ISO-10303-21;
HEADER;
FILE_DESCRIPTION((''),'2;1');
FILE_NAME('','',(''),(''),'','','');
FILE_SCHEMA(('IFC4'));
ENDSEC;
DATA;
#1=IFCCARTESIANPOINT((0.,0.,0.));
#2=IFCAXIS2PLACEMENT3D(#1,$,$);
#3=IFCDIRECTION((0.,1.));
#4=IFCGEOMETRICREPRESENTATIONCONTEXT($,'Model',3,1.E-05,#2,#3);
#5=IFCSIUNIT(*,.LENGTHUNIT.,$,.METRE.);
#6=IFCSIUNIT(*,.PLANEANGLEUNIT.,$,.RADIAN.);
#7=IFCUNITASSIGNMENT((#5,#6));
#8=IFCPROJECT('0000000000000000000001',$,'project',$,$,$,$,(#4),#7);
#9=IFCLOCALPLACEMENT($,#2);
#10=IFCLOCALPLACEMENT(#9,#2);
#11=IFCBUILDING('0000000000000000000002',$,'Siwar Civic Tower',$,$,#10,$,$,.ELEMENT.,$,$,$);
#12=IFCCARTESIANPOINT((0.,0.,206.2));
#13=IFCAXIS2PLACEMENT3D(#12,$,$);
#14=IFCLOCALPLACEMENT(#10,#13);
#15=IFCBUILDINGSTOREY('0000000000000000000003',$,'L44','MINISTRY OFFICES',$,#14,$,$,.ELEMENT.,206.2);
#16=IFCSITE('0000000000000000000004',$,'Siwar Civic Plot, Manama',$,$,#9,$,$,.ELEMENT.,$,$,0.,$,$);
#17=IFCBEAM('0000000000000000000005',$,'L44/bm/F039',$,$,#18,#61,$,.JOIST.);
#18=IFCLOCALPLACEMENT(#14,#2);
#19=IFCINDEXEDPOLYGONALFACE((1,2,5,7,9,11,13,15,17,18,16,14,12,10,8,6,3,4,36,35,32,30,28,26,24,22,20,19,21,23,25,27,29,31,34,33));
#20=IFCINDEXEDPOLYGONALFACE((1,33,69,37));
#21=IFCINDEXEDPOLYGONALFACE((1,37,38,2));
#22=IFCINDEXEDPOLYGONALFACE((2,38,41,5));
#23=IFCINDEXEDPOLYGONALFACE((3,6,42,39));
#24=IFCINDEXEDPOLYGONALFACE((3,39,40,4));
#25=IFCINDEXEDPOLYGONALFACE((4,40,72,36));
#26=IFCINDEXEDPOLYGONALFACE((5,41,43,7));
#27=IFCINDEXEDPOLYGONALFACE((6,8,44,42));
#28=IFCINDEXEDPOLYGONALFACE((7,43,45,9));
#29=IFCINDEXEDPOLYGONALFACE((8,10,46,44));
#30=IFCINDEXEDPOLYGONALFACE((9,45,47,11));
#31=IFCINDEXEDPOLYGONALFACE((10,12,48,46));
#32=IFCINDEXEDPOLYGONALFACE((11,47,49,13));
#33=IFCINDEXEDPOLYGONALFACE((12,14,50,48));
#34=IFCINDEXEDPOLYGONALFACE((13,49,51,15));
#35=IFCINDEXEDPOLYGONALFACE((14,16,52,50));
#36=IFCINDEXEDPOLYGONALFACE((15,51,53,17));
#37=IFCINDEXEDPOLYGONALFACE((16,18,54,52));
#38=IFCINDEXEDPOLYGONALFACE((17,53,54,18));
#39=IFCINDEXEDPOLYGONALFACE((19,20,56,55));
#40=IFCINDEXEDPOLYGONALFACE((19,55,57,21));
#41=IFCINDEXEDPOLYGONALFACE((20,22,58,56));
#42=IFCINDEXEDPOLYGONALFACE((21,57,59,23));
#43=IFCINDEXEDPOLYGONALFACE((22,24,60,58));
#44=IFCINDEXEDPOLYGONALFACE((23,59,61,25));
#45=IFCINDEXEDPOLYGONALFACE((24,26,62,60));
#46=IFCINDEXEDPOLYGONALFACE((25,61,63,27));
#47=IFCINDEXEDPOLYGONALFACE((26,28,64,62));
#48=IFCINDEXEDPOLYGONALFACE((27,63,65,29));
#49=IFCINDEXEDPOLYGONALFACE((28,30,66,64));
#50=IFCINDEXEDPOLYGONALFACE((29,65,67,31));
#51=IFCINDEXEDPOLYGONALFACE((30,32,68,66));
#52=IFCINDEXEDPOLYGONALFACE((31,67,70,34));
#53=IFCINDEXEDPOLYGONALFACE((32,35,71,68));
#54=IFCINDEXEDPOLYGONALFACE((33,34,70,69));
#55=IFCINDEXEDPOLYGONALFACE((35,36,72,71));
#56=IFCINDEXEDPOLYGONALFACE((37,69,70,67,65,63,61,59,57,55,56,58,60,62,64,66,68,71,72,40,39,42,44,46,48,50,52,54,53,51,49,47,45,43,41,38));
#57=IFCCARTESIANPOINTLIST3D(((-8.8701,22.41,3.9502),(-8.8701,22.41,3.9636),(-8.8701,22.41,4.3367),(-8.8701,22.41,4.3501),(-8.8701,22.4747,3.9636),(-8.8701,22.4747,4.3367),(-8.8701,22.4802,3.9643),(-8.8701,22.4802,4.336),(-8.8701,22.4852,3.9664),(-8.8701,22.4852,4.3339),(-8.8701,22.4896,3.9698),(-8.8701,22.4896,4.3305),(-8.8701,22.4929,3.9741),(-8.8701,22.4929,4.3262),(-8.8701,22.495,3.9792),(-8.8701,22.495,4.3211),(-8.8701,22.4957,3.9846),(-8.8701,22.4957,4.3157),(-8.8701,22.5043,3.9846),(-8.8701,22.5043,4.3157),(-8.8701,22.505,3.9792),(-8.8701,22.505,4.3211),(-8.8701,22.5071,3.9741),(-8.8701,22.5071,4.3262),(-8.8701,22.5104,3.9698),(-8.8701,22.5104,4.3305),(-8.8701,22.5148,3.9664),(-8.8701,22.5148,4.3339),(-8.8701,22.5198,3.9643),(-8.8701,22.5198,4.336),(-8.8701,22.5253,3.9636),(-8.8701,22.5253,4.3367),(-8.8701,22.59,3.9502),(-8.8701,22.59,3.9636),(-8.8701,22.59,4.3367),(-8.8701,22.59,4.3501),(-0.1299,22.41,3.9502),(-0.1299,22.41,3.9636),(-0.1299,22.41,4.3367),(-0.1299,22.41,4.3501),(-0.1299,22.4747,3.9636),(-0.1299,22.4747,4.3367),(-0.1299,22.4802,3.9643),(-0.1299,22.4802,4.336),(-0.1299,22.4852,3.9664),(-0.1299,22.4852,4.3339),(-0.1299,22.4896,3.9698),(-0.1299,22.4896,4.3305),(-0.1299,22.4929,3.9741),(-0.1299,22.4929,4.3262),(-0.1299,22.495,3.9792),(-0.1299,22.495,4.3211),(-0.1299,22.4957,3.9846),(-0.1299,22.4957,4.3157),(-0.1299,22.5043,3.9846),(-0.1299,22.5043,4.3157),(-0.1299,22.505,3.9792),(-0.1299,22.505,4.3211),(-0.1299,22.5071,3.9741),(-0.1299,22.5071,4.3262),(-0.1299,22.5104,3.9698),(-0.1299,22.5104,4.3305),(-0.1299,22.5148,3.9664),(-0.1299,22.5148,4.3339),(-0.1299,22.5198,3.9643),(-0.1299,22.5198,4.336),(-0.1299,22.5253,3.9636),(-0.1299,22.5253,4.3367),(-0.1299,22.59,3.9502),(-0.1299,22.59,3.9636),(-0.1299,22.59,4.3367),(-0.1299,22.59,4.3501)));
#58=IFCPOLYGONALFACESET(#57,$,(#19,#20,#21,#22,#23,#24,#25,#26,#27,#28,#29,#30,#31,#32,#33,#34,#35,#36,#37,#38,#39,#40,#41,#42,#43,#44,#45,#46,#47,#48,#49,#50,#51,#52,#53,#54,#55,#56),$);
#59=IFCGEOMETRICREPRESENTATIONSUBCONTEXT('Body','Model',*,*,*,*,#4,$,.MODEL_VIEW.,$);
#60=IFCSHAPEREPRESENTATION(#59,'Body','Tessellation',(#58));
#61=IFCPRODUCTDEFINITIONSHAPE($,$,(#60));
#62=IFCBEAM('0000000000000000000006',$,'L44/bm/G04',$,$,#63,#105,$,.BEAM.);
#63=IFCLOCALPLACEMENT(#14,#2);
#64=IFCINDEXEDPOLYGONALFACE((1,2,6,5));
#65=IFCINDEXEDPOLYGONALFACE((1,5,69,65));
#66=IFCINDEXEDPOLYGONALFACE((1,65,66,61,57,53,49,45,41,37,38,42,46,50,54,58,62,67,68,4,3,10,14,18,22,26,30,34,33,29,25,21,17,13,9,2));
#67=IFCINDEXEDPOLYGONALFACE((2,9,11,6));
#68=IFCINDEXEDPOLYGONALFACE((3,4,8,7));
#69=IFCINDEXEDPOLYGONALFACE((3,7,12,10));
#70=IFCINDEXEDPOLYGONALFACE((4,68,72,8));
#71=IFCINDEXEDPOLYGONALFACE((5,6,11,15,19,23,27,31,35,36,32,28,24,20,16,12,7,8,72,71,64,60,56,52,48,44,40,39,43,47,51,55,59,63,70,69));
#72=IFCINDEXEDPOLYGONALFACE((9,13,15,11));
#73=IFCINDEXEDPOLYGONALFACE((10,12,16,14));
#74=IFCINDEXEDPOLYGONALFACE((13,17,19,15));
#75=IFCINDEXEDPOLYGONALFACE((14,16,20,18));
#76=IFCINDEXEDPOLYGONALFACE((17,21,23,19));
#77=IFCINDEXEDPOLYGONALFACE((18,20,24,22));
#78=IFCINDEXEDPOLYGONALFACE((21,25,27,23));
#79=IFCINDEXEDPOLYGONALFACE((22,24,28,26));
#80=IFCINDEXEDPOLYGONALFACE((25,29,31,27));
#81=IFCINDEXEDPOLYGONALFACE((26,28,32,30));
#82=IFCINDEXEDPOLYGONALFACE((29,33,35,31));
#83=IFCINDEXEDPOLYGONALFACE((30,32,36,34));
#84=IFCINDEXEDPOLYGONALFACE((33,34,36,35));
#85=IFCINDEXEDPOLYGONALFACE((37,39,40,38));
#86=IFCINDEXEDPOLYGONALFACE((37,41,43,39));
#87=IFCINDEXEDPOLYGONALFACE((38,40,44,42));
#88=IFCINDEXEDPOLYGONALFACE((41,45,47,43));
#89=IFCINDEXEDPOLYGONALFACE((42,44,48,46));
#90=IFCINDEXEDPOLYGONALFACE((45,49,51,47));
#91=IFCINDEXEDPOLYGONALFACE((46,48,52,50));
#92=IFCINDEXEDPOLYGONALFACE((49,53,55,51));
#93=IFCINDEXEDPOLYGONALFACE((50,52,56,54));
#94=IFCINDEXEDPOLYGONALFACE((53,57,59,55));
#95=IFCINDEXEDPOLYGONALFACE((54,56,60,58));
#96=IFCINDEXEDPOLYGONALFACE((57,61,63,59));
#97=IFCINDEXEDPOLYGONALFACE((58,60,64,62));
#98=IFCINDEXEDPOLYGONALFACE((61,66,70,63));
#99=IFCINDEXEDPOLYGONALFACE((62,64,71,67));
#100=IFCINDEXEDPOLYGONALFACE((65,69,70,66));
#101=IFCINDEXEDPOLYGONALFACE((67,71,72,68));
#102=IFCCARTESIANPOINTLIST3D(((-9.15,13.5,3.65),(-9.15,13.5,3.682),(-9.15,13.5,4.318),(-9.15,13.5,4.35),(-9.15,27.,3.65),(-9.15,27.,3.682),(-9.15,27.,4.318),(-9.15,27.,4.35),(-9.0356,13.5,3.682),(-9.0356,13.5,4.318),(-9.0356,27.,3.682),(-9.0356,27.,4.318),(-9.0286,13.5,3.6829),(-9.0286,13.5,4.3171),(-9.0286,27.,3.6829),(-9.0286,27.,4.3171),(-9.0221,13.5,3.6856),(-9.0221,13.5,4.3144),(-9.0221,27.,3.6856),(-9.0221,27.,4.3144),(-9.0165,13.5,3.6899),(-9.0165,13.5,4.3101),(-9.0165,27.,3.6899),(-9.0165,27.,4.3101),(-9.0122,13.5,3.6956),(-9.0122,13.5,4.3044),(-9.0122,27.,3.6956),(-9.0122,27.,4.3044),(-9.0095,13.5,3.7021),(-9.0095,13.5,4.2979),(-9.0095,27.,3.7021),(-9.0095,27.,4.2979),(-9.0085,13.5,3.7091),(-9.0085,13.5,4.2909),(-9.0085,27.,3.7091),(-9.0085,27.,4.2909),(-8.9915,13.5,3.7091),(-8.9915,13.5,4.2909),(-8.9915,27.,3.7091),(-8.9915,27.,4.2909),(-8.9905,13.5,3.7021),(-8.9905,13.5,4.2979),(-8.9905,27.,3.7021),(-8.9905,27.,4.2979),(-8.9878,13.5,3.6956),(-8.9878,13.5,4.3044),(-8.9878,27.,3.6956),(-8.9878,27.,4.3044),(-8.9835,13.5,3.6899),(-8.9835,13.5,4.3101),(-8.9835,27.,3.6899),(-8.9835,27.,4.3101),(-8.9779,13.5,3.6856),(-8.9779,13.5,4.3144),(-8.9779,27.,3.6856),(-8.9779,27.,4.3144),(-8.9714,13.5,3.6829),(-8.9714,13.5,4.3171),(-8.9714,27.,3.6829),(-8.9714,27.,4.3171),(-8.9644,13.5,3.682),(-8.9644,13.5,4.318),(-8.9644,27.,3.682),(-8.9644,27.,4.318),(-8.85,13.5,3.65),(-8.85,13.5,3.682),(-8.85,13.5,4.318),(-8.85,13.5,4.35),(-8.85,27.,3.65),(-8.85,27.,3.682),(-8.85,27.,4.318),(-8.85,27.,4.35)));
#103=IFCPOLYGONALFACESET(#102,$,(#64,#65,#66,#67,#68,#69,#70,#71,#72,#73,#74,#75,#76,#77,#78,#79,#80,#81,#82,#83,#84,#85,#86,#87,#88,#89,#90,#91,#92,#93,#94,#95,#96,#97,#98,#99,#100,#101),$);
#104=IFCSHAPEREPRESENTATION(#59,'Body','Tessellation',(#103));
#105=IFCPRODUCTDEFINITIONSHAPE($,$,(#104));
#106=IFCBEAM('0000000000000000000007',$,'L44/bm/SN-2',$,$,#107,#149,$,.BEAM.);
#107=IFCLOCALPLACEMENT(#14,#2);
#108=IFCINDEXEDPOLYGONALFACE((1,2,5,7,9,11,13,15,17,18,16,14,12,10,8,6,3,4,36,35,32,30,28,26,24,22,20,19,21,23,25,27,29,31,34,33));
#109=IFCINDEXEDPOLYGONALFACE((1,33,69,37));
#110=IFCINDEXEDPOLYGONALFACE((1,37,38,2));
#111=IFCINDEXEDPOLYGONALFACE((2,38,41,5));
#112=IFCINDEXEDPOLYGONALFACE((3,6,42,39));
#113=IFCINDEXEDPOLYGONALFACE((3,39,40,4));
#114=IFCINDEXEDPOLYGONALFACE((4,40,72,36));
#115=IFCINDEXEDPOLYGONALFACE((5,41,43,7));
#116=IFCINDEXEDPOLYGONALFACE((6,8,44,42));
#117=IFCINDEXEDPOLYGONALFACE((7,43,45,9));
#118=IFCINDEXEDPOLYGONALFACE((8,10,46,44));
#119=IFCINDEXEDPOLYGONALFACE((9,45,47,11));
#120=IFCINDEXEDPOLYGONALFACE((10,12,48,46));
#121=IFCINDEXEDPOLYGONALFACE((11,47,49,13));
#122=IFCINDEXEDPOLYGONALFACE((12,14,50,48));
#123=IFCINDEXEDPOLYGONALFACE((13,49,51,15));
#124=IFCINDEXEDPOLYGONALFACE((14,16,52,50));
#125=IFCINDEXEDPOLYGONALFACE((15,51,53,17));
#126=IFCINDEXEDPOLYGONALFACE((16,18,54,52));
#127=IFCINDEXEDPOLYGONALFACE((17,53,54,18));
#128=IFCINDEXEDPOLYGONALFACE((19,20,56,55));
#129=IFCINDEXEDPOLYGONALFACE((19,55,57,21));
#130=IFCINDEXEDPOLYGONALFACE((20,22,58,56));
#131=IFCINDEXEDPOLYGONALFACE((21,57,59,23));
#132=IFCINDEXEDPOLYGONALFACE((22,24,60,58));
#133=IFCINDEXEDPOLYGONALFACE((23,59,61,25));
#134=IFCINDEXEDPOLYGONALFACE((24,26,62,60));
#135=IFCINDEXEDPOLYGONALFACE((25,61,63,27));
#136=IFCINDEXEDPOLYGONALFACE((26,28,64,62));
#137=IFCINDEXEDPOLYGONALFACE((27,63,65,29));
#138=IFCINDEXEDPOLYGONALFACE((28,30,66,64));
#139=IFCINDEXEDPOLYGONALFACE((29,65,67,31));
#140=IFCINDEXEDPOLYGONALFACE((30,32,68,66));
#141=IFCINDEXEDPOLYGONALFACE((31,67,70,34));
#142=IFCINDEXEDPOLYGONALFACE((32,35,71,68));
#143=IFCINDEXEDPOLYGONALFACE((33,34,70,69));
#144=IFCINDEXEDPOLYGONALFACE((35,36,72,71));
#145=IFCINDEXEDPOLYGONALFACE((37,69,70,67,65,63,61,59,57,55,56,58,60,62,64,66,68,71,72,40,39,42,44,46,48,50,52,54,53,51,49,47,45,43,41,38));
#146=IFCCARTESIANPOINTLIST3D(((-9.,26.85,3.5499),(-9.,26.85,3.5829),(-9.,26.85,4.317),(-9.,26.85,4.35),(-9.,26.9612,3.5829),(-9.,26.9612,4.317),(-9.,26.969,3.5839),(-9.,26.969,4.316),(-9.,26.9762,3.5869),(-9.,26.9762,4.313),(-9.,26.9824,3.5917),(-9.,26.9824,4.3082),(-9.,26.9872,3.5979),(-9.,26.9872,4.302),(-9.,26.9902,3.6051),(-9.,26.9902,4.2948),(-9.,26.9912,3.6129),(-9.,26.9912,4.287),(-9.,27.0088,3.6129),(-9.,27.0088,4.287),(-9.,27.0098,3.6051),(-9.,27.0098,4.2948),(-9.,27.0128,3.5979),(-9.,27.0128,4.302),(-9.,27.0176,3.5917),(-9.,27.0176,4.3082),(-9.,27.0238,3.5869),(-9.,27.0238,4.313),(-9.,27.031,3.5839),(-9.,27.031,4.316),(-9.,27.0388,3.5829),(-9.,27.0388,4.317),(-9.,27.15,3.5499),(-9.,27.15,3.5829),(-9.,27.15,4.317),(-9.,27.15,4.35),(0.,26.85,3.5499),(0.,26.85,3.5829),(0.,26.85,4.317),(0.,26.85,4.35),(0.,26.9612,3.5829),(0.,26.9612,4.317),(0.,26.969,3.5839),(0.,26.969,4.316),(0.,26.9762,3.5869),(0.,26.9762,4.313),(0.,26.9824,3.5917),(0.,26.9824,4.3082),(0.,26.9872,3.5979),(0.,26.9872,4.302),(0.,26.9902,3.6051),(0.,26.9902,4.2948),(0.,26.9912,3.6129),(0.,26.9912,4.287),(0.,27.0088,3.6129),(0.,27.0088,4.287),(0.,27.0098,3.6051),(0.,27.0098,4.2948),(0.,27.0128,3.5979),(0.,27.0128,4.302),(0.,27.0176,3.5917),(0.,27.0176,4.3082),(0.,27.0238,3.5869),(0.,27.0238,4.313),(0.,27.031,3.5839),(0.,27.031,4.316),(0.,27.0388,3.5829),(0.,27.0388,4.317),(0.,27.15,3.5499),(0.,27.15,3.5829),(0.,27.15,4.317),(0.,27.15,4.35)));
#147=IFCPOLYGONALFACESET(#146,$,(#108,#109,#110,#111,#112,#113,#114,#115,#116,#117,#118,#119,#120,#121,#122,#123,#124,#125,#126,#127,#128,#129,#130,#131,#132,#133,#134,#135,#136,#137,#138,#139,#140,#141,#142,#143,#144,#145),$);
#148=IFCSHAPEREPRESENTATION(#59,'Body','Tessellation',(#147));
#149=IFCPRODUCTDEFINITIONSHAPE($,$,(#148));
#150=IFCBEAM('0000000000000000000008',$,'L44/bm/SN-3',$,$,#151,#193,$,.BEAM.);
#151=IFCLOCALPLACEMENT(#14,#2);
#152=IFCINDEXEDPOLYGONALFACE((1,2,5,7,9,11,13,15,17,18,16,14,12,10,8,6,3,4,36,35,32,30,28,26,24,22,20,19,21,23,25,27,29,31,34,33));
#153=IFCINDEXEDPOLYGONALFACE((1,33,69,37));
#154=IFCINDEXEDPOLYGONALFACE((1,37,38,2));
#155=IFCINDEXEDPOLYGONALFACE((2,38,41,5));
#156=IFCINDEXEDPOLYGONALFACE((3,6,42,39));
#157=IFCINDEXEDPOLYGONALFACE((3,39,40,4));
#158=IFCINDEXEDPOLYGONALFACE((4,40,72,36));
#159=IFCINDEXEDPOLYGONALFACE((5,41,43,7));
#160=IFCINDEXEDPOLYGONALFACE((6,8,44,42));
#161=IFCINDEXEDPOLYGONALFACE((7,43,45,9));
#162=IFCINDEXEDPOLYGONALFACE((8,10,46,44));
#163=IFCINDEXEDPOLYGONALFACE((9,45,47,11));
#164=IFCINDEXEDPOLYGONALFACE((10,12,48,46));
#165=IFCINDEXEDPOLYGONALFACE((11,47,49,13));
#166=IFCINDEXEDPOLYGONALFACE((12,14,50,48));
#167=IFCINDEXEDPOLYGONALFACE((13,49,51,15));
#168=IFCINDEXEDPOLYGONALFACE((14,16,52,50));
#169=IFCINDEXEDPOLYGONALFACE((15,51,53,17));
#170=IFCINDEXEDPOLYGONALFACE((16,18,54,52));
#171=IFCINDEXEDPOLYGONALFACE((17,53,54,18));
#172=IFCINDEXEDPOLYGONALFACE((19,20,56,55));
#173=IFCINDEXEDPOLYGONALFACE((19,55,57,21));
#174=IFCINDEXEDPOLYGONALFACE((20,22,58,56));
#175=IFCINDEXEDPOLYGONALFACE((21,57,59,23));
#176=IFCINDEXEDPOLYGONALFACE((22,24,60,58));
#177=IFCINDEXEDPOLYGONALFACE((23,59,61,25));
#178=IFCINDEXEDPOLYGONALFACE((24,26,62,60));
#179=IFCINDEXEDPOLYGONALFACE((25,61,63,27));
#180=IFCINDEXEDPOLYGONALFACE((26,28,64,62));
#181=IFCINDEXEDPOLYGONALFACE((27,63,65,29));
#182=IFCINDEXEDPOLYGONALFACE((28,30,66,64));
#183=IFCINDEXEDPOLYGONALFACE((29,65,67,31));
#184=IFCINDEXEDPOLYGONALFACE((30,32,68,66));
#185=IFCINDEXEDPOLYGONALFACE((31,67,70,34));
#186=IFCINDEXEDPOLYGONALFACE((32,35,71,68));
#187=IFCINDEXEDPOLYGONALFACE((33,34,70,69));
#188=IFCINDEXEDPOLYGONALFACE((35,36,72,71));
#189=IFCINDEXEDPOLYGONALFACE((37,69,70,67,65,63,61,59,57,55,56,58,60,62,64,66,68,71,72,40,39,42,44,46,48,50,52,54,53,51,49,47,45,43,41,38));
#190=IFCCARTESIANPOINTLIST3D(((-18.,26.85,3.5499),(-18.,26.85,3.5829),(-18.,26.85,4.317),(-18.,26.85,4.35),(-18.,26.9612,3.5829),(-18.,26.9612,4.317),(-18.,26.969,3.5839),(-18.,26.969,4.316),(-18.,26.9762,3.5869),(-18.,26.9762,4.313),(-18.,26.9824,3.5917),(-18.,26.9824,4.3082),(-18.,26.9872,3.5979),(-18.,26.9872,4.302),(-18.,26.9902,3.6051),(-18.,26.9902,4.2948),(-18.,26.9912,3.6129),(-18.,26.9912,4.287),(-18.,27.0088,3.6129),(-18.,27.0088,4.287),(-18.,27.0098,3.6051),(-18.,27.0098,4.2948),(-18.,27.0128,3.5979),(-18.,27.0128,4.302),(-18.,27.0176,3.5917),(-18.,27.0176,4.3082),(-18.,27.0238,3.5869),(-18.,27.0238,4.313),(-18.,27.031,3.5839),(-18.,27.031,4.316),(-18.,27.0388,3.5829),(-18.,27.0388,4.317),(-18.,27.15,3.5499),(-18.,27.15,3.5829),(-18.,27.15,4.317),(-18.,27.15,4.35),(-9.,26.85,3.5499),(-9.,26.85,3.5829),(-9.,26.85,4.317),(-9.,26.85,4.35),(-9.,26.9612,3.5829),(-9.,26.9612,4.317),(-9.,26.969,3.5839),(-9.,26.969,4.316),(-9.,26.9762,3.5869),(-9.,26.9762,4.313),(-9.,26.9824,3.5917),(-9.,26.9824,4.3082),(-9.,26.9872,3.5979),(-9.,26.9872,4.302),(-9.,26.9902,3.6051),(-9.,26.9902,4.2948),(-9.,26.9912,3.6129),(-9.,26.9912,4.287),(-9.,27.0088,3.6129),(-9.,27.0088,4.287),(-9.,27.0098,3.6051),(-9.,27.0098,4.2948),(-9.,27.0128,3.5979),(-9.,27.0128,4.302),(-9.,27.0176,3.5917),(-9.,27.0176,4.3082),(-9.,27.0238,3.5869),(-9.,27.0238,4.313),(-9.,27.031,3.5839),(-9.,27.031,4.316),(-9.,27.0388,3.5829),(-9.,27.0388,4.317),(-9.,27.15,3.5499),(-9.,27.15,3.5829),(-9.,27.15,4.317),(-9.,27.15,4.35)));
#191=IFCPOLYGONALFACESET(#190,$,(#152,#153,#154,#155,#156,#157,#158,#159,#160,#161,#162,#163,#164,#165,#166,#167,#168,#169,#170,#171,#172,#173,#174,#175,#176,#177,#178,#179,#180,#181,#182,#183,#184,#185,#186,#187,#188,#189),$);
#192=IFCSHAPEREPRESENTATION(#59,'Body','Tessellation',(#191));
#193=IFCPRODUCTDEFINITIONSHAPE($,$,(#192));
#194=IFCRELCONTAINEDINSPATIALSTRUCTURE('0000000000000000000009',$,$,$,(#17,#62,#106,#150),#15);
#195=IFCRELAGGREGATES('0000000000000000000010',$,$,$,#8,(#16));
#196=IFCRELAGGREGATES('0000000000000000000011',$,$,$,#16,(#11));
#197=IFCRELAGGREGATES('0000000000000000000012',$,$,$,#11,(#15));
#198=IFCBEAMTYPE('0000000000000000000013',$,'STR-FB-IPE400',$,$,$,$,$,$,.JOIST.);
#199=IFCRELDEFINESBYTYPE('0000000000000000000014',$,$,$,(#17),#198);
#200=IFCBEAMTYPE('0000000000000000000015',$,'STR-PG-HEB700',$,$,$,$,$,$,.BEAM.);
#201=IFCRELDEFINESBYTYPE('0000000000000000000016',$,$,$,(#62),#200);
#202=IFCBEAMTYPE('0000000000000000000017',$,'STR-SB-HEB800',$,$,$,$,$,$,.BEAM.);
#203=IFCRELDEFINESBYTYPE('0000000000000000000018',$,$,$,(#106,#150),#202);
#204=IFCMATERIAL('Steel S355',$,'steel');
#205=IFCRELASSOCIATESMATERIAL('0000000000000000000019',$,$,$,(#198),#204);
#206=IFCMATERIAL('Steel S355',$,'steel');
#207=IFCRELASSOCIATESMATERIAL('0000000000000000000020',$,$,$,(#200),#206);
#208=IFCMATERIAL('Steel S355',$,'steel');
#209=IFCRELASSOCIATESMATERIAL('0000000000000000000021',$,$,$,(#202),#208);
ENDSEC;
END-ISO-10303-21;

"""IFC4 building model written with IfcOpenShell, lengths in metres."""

from ifc_helpers import new_model, si_unit, direction, frame, origin, origin_2d, place, context, subcontext, project, spatial, i_section, extrude, material, material_profile, profile_set, type_object, element, save


model = new_model("IFC4")

# Units and contexts
model_context = context("Model", 3, precision=1e-05, world=origin(), true_north=direction((0.0, 1.0)))
body_context = subcontext(model_context, "Body", "Model", "MODEL_VIEW")
ifc_project = project(units=[si_unit("LENGTHUNIT", "METRE"), si_unit("PLANEANGLEUNIT", "RADIAN")], contexts=[model_context])

# Site, building, storey
site_placement = place(None, origin())
site = spatial("IfcSite", under=ifc_project, at=site_placement, Name="Siwar Civic Plot, Manama", CompositionType="ELEMENT", RefElevation=0.0)
building_placement = place(site_placement, origin())
building = spatial("IfcBuilding", under=site, at=building_placement, Name="Siwar Civic Tower", CompositionType="ELEMENT")
storey_placement = place(building_placement, frame((0.0, 0.0, 206.2)))
storey = spatial("IfcBuildingStorey", under=building, at=storey_placement, Name="L44", Description="MINISTRY OFFICES", CompositionType="ELEMENT", Elevation=206.2)

# Beams
ifc_material_1 = material(Name="Steel S355", Category="steel")
ifc_material_profile_1 = material_profile(ifc_material_1, i_section(OverallWidth=0.1799, OverallDepth=0.3999, WebThickness=0.0085, FlangeThickness=0.0134, FilletRadius=0.021, at=origin_2d()), Name="IPE400")
ifc_profile_set_1 = profile_set([ifc_material_profile_1], Name="Steel S355")
beam_type_1 = type_object("IfcBeamType", Name="STR-FB-IPE400", PredefinedType="JOIST", material=ifc_profile_set_1)
for number, where, z_axis, x_axis, name in (
    (1, (-8.8701, 22.5, 4.1501), (1.0, 0.0, 0.0), (0.0, 1.0, 0.0), "L44/bm/F039"),
):
    element("IfcBeam", number, at=place(storey_placement, frame(where, z_axis=z_axis, x_axis=x_axis)), inside=storey, type_object=beam_type_1, Name=name, PredefinedType="JOIST", context=body_context, shape_type="SweptSolid", body=[
        extrude(i_section(OverallWidth=0.1799, OverallDepth=0.3999, WebThickness=0.0085, FlangeThickness=0.0134, FilletRadius=0.021, at=origin_2d()), origin(), (0.0, 0.0, 1.0), 8.7402),
    ])
ifc_material_2 = material(Name="Steel S355", Category="steel")
ifc_material_profile_2 = material_profile(ifc_material_2, i_section(OverallWidth=0.3, OverallDepth=0.7, WebThickness=0.0171, FlangeThickness=0.032, FilletRadius=0.0271, at=origin_2d()), Name="HEB700")
ifc_profile_set_2 = profile_set([ifc_material_profile_2], Name="Steel S355")
beam_type_2 = type_object("IfcBeamType", Name="STR-PG-HEB700", PredefinedType="BEAM", material=ifc_profile_set_2)
beam_1_placement = place(storey_placement, frame((-9.0, 13.5, 4.0), z_axis=(0.0, 1.0, 0.0), x_axis=(-1.0, 0.0, 0.0)))
element("IfcBeam", 2, at=beam_1_placement, inside=storey, type_object=beam_type_2, Name="L44/bm/G04", PredefinedType="BEAM", context=body_context, shape_type="SweptSolid", body=[
    extrude(i_section(OverallWidth=0.3, OverallDepth=0.7, WebThickness=0.0171, FlangeThickness=0.032, FilletRadius=0.0271, at=origin_2d()), origin(), (0.0, 0.0, 1.0), 13.5),
])
ifc_material_3 = material(Name="Steel S355", Category="steel")
ifc_material_profile_3 = material_profile(ifc_material_3, i_section(OverallWidth=0.3, OverallDepth=0.8, WebThickness=0.0176, FlangeThickness=0.033, FilletRadius=0.03, at=origin_2d()), Name="HEB800")
ifc_profile_set_3 = profile_set([ifc_material_profile_3], Name="Steel S355")
beam_type_3 = type_object("IfcBeamType", Name="STR-SB-HEB800", PredefinedType="BEAM", material=ifc_profile_set_3)
for number, where, z_axis, x_axis, name in (
    (3, (0.0, 27.0, 3.95), (-1.0, 0.0, 0.0), (0.0, -1.0, 0.0), "L44/bm/SN-2"),
    (4, (-9.0, 27.0, 3.95), (-1.0, 0.0, 0.0), (0.0, -1.0, 0.0), "L44/bm/SN-3"),
):
    element("IfcBeam", number, at=place(storey_placement, frame(where, z_axis=z_axis, x_axis=x_axis)), inside=storey, type_object=beam_type_3, Name=name, PredefinedType="BEAM", context=body_context, shape_type="SweptSolid", body=[
        extrude(i_section(OverallWidth=0.3, OverallDepth=0.8, WebThickness=0.0176, FlangeThickness=0.033, FilletRadius=0.03, at=origin_2d()), origin(), (0.0, 0.0, 1.0), 9.0),
    ])

save(model, "model.ifc")
